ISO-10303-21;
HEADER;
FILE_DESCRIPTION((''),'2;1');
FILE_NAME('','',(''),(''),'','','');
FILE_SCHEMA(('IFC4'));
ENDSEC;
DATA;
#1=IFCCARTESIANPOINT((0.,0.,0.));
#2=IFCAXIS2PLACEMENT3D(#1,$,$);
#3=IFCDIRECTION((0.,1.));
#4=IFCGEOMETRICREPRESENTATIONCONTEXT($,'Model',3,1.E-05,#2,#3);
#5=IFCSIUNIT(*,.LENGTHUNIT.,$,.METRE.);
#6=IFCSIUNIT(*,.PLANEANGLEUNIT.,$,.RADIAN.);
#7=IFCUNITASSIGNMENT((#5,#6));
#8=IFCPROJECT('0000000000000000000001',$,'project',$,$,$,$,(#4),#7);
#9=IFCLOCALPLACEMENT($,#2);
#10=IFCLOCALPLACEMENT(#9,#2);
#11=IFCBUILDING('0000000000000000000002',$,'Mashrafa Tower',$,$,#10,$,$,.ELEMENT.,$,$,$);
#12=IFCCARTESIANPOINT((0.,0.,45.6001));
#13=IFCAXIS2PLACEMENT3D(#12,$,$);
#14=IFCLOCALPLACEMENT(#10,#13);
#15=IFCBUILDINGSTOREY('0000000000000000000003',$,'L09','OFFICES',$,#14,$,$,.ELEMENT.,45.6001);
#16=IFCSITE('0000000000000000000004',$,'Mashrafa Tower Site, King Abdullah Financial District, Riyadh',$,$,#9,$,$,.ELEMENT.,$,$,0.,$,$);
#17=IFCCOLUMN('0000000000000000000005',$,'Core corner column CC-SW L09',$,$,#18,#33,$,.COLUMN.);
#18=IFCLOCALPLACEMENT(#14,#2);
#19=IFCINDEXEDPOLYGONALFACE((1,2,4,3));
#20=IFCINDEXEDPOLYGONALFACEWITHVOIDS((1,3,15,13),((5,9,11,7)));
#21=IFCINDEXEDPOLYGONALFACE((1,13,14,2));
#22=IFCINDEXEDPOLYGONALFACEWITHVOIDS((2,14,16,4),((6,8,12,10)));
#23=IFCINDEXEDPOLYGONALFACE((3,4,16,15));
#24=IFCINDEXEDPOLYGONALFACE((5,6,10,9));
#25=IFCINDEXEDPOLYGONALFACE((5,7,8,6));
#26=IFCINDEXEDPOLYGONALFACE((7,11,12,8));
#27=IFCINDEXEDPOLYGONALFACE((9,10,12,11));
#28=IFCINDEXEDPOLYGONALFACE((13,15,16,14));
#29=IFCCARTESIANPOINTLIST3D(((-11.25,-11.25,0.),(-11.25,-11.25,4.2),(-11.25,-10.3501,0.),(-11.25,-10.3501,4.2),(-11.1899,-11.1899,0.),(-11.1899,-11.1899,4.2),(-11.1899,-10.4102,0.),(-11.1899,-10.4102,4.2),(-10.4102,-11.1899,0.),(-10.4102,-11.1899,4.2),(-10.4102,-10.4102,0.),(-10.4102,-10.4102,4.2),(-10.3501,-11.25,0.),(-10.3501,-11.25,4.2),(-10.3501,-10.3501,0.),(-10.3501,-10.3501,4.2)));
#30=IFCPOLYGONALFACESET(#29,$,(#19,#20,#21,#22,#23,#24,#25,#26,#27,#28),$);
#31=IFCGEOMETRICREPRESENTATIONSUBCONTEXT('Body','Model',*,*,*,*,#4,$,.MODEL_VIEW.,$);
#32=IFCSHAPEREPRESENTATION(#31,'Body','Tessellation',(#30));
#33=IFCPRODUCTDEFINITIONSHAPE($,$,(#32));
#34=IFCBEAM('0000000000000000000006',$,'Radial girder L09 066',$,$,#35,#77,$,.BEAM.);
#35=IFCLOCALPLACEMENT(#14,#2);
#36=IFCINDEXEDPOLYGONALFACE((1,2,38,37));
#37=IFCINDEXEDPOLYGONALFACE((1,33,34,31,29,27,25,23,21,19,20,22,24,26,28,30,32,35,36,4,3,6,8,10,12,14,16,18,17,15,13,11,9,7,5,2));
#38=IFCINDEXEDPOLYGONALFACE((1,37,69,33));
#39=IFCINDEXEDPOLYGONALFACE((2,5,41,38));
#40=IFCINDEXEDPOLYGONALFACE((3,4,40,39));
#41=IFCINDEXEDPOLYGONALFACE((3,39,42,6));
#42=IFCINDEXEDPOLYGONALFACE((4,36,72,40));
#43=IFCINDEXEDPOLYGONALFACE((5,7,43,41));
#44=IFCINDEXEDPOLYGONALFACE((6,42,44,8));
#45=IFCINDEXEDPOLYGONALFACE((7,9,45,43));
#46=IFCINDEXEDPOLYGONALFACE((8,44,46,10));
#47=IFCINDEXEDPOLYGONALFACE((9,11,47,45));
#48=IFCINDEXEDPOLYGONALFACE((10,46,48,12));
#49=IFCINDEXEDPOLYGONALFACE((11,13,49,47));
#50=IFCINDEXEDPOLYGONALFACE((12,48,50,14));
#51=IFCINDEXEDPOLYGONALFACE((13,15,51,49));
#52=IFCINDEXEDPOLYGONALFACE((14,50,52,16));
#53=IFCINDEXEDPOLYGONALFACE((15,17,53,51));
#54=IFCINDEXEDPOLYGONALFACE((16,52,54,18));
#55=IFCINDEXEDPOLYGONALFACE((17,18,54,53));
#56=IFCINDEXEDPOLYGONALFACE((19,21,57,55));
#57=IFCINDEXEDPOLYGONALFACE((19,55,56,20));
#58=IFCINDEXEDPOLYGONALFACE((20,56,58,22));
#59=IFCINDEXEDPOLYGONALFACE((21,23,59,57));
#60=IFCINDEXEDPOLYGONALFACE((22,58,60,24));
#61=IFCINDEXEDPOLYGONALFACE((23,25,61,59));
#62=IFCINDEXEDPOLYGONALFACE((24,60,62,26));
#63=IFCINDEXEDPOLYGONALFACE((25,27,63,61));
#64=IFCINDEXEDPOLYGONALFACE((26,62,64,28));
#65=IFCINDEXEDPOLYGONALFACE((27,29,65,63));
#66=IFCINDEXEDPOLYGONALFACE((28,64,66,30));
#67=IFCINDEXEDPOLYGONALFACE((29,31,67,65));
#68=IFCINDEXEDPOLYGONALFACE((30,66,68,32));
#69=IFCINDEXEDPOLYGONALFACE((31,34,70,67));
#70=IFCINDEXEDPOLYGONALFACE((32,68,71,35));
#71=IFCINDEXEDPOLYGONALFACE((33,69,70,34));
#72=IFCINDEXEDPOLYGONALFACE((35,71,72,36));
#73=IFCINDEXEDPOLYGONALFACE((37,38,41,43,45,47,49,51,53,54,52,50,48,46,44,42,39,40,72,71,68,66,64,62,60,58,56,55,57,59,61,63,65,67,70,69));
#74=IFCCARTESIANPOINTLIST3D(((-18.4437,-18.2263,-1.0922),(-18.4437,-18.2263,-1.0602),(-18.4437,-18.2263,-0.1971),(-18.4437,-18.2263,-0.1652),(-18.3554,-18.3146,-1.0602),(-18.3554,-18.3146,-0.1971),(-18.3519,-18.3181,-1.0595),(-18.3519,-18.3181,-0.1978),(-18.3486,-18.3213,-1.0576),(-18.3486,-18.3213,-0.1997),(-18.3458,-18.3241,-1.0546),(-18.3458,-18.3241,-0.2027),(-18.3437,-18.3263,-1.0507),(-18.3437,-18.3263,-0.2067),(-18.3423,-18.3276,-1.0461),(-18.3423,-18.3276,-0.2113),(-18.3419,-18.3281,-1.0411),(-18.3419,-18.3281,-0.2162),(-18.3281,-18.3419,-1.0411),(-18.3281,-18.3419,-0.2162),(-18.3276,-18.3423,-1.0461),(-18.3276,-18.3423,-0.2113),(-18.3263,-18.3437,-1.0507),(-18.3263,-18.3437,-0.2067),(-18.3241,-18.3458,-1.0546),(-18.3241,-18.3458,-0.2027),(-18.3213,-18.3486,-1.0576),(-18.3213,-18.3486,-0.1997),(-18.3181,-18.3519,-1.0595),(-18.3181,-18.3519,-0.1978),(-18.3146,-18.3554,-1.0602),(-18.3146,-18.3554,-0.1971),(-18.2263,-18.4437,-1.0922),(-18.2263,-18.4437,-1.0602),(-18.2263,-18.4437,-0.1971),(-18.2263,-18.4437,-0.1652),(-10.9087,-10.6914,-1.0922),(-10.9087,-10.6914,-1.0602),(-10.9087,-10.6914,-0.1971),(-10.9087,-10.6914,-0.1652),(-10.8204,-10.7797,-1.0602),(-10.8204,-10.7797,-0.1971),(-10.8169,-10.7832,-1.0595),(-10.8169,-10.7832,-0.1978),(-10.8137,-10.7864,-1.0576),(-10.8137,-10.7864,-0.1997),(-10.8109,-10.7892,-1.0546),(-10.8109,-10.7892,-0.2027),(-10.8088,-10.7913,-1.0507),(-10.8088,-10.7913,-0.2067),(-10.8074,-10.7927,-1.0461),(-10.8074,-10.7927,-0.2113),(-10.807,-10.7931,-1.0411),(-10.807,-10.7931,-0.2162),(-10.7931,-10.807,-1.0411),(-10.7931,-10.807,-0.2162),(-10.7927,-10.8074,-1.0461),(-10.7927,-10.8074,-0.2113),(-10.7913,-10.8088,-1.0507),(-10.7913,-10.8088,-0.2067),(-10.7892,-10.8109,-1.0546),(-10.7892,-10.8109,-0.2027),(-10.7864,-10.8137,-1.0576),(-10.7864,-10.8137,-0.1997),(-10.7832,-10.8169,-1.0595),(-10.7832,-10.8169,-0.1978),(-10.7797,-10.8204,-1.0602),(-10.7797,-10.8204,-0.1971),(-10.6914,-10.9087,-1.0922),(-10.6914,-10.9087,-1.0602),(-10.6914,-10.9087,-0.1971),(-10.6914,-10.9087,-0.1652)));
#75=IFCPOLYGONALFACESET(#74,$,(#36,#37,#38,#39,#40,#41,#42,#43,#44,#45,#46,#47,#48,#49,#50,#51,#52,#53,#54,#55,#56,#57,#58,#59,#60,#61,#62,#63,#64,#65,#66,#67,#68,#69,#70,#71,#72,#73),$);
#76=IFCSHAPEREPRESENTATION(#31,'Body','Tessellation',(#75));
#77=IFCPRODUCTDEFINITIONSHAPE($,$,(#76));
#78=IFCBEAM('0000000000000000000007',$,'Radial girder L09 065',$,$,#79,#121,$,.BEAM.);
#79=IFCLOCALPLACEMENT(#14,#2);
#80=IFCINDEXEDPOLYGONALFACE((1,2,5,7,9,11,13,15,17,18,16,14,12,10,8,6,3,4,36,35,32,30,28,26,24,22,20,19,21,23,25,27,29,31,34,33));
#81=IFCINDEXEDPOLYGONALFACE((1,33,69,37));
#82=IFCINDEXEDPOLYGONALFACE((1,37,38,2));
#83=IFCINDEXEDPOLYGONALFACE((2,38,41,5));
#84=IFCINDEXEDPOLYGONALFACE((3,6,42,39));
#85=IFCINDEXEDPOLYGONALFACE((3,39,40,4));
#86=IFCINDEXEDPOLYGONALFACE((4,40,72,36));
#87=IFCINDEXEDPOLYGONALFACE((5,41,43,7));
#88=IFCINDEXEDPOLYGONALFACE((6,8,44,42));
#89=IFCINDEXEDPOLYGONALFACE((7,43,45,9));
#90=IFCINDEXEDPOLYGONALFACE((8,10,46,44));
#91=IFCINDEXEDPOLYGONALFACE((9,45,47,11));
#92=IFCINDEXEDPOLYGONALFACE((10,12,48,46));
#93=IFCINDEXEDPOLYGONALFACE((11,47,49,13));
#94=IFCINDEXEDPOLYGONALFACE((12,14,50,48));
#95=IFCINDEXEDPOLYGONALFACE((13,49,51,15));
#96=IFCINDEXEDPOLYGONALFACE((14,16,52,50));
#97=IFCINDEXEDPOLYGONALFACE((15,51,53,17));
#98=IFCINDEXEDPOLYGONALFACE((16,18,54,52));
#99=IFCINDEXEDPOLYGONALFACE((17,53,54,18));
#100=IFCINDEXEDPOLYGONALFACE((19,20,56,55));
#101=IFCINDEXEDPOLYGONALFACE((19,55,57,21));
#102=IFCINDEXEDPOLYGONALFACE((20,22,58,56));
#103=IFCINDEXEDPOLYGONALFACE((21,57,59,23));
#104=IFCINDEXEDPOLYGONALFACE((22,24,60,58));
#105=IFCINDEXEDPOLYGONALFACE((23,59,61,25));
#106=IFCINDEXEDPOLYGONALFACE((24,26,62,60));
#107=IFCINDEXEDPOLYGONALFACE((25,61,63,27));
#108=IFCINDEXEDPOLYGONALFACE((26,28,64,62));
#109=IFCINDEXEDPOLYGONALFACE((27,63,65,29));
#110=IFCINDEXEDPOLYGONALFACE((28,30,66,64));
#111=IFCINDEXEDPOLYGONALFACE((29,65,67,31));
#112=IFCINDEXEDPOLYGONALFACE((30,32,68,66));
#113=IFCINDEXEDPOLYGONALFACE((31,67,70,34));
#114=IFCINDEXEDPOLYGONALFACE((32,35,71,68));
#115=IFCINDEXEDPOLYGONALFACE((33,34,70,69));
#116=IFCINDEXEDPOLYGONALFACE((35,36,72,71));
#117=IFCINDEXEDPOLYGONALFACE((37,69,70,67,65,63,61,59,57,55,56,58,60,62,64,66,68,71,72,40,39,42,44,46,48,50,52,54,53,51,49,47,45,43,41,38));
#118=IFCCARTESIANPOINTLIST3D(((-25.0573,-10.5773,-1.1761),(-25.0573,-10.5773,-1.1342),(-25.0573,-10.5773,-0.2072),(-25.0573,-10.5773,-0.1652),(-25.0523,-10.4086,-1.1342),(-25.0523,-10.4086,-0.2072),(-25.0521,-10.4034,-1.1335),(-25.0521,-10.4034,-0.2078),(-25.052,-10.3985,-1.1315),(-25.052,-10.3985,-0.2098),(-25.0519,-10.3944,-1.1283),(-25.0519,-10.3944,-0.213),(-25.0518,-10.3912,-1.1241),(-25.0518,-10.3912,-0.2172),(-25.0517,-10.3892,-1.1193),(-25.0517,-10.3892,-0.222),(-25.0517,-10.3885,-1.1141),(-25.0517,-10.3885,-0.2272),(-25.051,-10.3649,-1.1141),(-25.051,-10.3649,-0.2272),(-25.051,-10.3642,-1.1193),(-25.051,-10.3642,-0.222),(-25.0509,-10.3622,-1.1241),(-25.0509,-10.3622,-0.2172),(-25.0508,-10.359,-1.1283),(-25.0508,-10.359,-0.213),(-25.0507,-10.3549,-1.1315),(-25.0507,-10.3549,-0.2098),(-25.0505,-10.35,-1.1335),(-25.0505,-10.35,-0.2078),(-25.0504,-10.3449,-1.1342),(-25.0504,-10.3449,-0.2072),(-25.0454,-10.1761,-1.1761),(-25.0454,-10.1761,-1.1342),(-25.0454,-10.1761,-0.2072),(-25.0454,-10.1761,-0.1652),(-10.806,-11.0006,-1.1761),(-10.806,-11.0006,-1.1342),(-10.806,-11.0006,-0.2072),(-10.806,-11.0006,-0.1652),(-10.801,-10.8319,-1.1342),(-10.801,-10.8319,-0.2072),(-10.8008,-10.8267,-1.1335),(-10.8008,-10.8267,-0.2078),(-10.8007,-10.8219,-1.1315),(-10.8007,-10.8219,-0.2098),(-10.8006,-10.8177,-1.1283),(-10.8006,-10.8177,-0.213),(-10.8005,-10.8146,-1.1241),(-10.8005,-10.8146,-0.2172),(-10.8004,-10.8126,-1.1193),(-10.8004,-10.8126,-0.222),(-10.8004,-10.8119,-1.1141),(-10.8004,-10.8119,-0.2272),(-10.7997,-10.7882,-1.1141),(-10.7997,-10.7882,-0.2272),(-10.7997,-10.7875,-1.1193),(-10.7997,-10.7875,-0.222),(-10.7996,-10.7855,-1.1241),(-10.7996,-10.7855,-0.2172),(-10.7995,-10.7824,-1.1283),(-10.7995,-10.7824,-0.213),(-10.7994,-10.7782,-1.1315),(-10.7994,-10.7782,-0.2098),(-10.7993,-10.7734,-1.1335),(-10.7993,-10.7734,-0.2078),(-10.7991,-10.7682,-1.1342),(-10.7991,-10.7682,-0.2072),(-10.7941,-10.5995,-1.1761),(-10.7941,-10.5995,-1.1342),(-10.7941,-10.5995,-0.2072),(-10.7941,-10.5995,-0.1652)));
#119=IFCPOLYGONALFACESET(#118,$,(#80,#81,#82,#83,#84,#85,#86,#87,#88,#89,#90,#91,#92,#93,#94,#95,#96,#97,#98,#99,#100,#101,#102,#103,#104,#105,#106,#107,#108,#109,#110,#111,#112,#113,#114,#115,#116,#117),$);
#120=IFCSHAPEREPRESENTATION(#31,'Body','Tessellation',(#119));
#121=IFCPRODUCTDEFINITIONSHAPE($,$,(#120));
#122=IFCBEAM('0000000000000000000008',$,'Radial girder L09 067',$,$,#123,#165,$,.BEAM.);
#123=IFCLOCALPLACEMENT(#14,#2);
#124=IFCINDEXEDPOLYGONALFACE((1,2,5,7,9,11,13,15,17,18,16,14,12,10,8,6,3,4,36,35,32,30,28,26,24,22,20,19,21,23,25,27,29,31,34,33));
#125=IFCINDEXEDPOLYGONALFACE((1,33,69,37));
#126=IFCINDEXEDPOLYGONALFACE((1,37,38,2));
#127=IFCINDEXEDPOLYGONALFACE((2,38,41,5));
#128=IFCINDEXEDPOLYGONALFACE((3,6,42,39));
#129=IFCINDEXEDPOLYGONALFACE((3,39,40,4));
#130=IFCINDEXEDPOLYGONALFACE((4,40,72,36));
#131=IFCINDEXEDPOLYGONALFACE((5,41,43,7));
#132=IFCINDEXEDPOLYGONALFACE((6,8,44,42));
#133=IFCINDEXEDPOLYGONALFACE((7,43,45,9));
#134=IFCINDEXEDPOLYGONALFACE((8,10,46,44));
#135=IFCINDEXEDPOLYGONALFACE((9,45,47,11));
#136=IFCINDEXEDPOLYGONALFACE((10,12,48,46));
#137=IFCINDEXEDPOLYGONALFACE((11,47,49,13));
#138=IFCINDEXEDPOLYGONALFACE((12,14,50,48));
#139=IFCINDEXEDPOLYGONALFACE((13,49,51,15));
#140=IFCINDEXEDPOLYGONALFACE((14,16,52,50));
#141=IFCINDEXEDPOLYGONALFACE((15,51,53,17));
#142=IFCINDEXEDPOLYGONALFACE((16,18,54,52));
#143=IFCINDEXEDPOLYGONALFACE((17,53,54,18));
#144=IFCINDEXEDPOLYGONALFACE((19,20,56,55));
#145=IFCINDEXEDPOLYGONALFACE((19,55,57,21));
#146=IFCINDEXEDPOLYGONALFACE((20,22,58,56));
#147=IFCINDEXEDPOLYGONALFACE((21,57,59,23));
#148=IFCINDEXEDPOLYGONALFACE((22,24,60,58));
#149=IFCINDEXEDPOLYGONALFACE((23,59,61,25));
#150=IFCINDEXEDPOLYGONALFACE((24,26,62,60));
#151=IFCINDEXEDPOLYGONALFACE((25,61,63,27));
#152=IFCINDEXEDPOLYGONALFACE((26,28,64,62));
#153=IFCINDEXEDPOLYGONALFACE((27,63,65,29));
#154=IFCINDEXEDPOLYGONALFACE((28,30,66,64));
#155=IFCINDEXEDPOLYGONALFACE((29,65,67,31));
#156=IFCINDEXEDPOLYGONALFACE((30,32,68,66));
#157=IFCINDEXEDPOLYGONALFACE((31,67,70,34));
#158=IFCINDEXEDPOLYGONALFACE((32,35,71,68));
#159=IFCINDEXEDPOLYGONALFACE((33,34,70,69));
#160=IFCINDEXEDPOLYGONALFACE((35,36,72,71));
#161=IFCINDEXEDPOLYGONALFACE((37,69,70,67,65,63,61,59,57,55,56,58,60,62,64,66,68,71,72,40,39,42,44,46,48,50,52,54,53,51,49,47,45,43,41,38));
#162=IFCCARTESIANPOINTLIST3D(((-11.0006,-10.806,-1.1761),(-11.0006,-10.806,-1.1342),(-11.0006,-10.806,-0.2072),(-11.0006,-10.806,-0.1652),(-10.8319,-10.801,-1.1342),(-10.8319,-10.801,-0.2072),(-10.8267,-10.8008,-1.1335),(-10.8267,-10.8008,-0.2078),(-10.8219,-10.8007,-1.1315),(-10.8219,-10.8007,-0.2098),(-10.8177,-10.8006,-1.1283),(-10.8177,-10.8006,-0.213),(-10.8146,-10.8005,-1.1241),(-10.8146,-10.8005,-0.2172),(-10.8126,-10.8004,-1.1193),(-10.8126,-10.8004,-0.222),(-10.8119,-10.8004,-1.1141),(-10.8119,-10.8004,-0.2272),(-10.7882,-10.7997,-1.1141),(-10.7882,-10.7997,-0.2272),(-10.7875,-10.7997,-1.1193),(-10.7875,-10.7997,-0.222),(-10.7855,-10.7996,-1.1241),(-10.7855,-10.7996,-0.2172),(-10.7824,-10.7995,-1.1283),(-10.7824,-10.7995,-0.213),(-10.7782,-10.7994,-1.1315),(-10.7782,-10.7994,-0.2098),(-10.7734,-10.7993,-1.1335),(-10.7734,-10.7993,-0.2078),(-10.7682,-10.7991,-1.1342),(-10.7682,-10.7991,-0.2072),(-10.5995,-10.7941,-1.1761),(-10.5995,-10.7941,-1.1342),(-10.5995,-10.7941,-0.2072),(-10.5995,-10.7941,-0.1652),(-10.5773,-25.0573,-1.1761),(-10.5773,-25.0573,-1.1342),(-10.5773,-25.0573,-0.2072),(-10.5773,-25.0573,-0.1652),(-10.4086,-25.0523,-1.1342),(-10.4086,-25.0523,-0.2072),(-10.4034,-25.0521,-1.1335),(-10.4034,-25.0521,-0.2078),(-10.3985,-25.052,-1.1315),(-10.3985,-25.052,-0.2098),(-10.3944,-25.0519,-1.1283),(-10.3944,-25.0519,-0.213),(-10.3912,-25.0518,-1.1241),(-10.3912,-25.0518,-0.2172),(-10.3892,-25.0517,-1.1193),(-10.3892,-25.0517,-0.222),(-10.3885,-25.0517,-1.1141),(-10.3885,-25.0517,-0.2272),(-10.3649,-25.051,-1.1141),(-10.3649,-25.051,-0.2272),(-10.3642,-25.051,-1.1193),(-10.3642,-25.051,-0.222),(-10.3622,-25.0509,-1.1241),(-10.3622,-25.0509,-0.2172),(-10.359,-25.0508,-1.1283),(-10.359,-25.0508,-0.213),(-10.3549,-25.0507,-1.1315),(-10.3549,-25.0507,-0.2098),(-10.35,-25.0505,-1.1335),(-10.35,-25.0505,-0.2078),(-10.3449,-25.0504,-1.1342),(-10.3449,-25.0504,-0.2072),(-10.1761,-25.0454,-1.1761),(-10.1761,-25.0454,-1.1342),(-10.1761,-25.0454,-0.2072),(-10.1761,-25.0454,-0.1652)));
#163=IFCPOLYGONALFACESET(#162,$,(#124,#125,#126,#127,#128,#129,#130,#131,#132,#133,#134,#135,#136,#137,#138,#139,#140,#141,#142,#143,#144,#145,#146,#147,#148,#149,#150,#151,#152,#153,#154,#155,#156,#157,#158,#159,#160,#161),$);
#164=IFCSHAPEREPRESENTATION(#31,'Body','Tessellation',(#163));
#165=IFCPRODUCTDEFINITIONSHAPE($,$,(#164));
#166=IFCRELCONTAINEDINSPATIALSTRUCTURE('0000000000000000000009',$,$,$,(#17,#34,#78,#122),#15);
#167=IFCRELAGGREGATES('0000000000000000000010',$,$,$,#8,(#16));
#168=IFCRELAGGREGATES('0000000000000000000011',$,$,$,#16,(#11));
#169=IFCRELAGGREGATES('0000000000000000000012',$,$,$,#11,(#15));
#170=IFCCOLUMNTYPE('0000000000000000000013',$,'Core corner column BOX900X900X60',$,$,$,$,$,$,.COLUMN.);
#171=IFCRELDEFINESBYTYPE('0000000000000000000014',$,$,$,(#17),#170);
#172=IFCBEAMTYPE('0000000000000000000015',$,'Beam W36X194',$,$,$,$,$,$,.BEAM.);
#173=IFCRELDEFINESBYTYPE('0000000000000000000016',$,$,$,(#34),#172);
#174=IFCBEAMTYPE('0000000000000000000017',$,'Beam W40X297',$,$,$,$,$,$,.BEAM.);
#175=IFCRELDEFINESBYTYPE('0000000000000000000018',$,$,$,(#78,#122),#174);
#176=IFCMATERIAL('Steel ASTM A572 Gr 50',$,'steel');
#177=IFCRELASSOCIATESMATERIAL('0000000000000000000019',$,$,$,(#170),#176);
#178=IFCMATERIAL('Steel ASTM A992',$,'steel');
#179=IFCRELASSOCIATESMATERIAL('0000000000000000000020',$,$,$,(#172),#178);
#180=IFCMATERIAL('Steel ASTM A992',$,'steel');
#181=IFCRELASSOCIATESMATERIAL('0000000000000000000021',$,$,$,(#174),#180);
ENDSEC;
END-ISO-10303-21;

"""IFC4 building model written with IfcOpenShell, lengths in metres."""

from ifc_helpers import new_model, si_unit, direction, frame, origin, origin_2d, place, context, subcontext, project, spatial, hollow_rectangle, i_section, extrude, material, material_profile, profile_set, type_object, element, save


model = new_model("IFC4")

# Units and contexts
model_context = context("Model", 3, precision=1e-05, world=origin(), true_north=direction((0.0, 1.0)))
body_context = subcontext(model_context, "Body", "Model", "MODEL_VIEW")
ifc_project = project(units=[si_unit("LENGTHUNIT", "METRE"), si_unit("PLANEANGLEUNIT", "RADIAN")], contexts=[model_context])

# Site, building, storey
site_placement = place(None, origin())
site = spatial("IfcSite", under=ifc_project, at=site_placement, Name="Mashrafa Tower Site, King Abdullah Financial District, Riyadh", CompositionType="ELEMENT", RefElevation=0.0)
building_placement = place(site_placement, origin())
building = spatial("IfcBuilding", under=site, at=building_placement, Name="Mashrafa Tower", CompositionType="ELEMENT")
storey_placement = place(building_placement, frame((0.0, 0.0, 45.6001)))
storey = spatial("IfcBuildingStorey", under=building, at=storey_placement, Name="L09", Description="OFFICES", CompositionType="ELEMENT", Elevation=45.6001)

# Column
ifc_material_1 = material(Name="Steel ASTM A572 Gr 50", Category="steel")
ifc_material_profile_1 = material_profile(ifc_material_1, hollow_rectangle(XDim=0.8999, YDim=0.8999, WallThickness=0.0601, at=origin_2d()), Name="BOX900X900X60")
ifc_profile_set_1 = profile_set([ifc_material_profile_1], Name="Steel ASTM A572 Gr 50")
column_type = type_object("IfcColumnType", Name="Core corner column BOX900X900X60", PredefinedType="COLUMN", material=ifc_profile_set_1)
column_placement = place(storey_placement, frame((-10.8, -10.8, 0.0), z_axis=(0.0, 0.0, 1.0), x_axis=(1.0, 0.0, 0.0)))
element("IfcColumn", 1, at=column_placement, inside=storey, type_object=column_type, Name="Core corner column CC-SW L09", PredefinedType="COLUMN", context=body_context, shape_type="SweptSolid", body=[
    extrude(hollow_rectangle(XDim=0.8999, YDim=0.8999, WallThickness=0.0601, at=origin_2d()), origin(), (0.0, 0.0, 1.0), 4.2),
])

# Beams
ifc_material_2 = material(Name="Steel ASTM A992", Category="steel")
ifc_material_profile_2 = material_profile(ifc_material_2, i_section(OverallWidth=0.3074, OverallDepth=0.927, WebThickness=0.0195, FlangeThickness=0.032, FilletRadius=0.019, at=origin_2d()), Name="W36X194")
ifc_profile_set_2 = profile_set([ifc_material_profile_2], Name="Steel ASTM A992")
beam_type_1 = type_object("IfcBeamType", Name="Beam W36X194", PredefinedType="BEAM", material=ifc_profile_set_2)
beam_1_placement = place(storey_placement, frame((-10.8, -10.8, -0.6287), z_axis=(-0.707107, -0.707107, 0.0), x_axis=(0.707107, -0.707107, 0.0)))
element("IfcBeam", 2, at=beam_1_placement, inside=storey, type_object=beam_type_1, Name="Radial girder L09 066", PredefinedType="BEAM", context=body_context, shape_type="SweptSolid", body=[
    extrude(i_section(OverallWidth=0.3074, OverallDepth=0.927, WebThickness=0.0195, FlangeThickness=0.032, FilletRadius=0.019, at=origin_2d()), origin(), (0.0, 0.0, 1.0), 10.656),
])
ifc_material_3 = material(Name="Steel ASTM A992", Category="steel")
ifc_material_profile_3 = material_profile(ifc_material_3, i_section(OverallWidth=0.4014, OverallDepth=1.011, WebThickness=0.0237, FlangeThickness=0.042, FilletRadius=0.02, at=origin_2d()), Name="W40X297")
ifc_profile_set_3 = profile_set([ifc_material_profile_3], Name="Steel ASTM A992")
beam_type_2 = type_object("IfcBeamType", Name="Beam W40X297", PredefinedType="BEAM", material=ifc_profile_set_3)
for number, where, z_axis, x_axis, name in (
    (3, (-10.8, -10.8, -0.6707), (-0.999559, 0.029692, 0.0), (-0.029692, -0.999559, 0.0), "Radial girder L09 065"),
    (4, (-10.8, -10.8, -0.6707), (0.029692, -0.999559, 0.0), (0.999559, 0.029692, 0.0), "Radial girder L09 067"),
):
    element("IfcBeam", number, at=place(storey_placement, frame(where, z_axis=z_axis, x_axis=x_axis)), inside=storey, type_object=beam_type_2, Name=name, PredefinedType="BEAM", context=body_context, shape_type="SweptSolid", body=[
        extrude(i_section(OverallWidth=0.4014, OverallDepth=1.011, WebThickness=0.0237, FlangeThickness=0.042, FilletRadius=0.02, at=origin_2d()), origin(), (0.0, 0.0, 1.0), 14.2576),
    ])

save(model, "model.ifc")
